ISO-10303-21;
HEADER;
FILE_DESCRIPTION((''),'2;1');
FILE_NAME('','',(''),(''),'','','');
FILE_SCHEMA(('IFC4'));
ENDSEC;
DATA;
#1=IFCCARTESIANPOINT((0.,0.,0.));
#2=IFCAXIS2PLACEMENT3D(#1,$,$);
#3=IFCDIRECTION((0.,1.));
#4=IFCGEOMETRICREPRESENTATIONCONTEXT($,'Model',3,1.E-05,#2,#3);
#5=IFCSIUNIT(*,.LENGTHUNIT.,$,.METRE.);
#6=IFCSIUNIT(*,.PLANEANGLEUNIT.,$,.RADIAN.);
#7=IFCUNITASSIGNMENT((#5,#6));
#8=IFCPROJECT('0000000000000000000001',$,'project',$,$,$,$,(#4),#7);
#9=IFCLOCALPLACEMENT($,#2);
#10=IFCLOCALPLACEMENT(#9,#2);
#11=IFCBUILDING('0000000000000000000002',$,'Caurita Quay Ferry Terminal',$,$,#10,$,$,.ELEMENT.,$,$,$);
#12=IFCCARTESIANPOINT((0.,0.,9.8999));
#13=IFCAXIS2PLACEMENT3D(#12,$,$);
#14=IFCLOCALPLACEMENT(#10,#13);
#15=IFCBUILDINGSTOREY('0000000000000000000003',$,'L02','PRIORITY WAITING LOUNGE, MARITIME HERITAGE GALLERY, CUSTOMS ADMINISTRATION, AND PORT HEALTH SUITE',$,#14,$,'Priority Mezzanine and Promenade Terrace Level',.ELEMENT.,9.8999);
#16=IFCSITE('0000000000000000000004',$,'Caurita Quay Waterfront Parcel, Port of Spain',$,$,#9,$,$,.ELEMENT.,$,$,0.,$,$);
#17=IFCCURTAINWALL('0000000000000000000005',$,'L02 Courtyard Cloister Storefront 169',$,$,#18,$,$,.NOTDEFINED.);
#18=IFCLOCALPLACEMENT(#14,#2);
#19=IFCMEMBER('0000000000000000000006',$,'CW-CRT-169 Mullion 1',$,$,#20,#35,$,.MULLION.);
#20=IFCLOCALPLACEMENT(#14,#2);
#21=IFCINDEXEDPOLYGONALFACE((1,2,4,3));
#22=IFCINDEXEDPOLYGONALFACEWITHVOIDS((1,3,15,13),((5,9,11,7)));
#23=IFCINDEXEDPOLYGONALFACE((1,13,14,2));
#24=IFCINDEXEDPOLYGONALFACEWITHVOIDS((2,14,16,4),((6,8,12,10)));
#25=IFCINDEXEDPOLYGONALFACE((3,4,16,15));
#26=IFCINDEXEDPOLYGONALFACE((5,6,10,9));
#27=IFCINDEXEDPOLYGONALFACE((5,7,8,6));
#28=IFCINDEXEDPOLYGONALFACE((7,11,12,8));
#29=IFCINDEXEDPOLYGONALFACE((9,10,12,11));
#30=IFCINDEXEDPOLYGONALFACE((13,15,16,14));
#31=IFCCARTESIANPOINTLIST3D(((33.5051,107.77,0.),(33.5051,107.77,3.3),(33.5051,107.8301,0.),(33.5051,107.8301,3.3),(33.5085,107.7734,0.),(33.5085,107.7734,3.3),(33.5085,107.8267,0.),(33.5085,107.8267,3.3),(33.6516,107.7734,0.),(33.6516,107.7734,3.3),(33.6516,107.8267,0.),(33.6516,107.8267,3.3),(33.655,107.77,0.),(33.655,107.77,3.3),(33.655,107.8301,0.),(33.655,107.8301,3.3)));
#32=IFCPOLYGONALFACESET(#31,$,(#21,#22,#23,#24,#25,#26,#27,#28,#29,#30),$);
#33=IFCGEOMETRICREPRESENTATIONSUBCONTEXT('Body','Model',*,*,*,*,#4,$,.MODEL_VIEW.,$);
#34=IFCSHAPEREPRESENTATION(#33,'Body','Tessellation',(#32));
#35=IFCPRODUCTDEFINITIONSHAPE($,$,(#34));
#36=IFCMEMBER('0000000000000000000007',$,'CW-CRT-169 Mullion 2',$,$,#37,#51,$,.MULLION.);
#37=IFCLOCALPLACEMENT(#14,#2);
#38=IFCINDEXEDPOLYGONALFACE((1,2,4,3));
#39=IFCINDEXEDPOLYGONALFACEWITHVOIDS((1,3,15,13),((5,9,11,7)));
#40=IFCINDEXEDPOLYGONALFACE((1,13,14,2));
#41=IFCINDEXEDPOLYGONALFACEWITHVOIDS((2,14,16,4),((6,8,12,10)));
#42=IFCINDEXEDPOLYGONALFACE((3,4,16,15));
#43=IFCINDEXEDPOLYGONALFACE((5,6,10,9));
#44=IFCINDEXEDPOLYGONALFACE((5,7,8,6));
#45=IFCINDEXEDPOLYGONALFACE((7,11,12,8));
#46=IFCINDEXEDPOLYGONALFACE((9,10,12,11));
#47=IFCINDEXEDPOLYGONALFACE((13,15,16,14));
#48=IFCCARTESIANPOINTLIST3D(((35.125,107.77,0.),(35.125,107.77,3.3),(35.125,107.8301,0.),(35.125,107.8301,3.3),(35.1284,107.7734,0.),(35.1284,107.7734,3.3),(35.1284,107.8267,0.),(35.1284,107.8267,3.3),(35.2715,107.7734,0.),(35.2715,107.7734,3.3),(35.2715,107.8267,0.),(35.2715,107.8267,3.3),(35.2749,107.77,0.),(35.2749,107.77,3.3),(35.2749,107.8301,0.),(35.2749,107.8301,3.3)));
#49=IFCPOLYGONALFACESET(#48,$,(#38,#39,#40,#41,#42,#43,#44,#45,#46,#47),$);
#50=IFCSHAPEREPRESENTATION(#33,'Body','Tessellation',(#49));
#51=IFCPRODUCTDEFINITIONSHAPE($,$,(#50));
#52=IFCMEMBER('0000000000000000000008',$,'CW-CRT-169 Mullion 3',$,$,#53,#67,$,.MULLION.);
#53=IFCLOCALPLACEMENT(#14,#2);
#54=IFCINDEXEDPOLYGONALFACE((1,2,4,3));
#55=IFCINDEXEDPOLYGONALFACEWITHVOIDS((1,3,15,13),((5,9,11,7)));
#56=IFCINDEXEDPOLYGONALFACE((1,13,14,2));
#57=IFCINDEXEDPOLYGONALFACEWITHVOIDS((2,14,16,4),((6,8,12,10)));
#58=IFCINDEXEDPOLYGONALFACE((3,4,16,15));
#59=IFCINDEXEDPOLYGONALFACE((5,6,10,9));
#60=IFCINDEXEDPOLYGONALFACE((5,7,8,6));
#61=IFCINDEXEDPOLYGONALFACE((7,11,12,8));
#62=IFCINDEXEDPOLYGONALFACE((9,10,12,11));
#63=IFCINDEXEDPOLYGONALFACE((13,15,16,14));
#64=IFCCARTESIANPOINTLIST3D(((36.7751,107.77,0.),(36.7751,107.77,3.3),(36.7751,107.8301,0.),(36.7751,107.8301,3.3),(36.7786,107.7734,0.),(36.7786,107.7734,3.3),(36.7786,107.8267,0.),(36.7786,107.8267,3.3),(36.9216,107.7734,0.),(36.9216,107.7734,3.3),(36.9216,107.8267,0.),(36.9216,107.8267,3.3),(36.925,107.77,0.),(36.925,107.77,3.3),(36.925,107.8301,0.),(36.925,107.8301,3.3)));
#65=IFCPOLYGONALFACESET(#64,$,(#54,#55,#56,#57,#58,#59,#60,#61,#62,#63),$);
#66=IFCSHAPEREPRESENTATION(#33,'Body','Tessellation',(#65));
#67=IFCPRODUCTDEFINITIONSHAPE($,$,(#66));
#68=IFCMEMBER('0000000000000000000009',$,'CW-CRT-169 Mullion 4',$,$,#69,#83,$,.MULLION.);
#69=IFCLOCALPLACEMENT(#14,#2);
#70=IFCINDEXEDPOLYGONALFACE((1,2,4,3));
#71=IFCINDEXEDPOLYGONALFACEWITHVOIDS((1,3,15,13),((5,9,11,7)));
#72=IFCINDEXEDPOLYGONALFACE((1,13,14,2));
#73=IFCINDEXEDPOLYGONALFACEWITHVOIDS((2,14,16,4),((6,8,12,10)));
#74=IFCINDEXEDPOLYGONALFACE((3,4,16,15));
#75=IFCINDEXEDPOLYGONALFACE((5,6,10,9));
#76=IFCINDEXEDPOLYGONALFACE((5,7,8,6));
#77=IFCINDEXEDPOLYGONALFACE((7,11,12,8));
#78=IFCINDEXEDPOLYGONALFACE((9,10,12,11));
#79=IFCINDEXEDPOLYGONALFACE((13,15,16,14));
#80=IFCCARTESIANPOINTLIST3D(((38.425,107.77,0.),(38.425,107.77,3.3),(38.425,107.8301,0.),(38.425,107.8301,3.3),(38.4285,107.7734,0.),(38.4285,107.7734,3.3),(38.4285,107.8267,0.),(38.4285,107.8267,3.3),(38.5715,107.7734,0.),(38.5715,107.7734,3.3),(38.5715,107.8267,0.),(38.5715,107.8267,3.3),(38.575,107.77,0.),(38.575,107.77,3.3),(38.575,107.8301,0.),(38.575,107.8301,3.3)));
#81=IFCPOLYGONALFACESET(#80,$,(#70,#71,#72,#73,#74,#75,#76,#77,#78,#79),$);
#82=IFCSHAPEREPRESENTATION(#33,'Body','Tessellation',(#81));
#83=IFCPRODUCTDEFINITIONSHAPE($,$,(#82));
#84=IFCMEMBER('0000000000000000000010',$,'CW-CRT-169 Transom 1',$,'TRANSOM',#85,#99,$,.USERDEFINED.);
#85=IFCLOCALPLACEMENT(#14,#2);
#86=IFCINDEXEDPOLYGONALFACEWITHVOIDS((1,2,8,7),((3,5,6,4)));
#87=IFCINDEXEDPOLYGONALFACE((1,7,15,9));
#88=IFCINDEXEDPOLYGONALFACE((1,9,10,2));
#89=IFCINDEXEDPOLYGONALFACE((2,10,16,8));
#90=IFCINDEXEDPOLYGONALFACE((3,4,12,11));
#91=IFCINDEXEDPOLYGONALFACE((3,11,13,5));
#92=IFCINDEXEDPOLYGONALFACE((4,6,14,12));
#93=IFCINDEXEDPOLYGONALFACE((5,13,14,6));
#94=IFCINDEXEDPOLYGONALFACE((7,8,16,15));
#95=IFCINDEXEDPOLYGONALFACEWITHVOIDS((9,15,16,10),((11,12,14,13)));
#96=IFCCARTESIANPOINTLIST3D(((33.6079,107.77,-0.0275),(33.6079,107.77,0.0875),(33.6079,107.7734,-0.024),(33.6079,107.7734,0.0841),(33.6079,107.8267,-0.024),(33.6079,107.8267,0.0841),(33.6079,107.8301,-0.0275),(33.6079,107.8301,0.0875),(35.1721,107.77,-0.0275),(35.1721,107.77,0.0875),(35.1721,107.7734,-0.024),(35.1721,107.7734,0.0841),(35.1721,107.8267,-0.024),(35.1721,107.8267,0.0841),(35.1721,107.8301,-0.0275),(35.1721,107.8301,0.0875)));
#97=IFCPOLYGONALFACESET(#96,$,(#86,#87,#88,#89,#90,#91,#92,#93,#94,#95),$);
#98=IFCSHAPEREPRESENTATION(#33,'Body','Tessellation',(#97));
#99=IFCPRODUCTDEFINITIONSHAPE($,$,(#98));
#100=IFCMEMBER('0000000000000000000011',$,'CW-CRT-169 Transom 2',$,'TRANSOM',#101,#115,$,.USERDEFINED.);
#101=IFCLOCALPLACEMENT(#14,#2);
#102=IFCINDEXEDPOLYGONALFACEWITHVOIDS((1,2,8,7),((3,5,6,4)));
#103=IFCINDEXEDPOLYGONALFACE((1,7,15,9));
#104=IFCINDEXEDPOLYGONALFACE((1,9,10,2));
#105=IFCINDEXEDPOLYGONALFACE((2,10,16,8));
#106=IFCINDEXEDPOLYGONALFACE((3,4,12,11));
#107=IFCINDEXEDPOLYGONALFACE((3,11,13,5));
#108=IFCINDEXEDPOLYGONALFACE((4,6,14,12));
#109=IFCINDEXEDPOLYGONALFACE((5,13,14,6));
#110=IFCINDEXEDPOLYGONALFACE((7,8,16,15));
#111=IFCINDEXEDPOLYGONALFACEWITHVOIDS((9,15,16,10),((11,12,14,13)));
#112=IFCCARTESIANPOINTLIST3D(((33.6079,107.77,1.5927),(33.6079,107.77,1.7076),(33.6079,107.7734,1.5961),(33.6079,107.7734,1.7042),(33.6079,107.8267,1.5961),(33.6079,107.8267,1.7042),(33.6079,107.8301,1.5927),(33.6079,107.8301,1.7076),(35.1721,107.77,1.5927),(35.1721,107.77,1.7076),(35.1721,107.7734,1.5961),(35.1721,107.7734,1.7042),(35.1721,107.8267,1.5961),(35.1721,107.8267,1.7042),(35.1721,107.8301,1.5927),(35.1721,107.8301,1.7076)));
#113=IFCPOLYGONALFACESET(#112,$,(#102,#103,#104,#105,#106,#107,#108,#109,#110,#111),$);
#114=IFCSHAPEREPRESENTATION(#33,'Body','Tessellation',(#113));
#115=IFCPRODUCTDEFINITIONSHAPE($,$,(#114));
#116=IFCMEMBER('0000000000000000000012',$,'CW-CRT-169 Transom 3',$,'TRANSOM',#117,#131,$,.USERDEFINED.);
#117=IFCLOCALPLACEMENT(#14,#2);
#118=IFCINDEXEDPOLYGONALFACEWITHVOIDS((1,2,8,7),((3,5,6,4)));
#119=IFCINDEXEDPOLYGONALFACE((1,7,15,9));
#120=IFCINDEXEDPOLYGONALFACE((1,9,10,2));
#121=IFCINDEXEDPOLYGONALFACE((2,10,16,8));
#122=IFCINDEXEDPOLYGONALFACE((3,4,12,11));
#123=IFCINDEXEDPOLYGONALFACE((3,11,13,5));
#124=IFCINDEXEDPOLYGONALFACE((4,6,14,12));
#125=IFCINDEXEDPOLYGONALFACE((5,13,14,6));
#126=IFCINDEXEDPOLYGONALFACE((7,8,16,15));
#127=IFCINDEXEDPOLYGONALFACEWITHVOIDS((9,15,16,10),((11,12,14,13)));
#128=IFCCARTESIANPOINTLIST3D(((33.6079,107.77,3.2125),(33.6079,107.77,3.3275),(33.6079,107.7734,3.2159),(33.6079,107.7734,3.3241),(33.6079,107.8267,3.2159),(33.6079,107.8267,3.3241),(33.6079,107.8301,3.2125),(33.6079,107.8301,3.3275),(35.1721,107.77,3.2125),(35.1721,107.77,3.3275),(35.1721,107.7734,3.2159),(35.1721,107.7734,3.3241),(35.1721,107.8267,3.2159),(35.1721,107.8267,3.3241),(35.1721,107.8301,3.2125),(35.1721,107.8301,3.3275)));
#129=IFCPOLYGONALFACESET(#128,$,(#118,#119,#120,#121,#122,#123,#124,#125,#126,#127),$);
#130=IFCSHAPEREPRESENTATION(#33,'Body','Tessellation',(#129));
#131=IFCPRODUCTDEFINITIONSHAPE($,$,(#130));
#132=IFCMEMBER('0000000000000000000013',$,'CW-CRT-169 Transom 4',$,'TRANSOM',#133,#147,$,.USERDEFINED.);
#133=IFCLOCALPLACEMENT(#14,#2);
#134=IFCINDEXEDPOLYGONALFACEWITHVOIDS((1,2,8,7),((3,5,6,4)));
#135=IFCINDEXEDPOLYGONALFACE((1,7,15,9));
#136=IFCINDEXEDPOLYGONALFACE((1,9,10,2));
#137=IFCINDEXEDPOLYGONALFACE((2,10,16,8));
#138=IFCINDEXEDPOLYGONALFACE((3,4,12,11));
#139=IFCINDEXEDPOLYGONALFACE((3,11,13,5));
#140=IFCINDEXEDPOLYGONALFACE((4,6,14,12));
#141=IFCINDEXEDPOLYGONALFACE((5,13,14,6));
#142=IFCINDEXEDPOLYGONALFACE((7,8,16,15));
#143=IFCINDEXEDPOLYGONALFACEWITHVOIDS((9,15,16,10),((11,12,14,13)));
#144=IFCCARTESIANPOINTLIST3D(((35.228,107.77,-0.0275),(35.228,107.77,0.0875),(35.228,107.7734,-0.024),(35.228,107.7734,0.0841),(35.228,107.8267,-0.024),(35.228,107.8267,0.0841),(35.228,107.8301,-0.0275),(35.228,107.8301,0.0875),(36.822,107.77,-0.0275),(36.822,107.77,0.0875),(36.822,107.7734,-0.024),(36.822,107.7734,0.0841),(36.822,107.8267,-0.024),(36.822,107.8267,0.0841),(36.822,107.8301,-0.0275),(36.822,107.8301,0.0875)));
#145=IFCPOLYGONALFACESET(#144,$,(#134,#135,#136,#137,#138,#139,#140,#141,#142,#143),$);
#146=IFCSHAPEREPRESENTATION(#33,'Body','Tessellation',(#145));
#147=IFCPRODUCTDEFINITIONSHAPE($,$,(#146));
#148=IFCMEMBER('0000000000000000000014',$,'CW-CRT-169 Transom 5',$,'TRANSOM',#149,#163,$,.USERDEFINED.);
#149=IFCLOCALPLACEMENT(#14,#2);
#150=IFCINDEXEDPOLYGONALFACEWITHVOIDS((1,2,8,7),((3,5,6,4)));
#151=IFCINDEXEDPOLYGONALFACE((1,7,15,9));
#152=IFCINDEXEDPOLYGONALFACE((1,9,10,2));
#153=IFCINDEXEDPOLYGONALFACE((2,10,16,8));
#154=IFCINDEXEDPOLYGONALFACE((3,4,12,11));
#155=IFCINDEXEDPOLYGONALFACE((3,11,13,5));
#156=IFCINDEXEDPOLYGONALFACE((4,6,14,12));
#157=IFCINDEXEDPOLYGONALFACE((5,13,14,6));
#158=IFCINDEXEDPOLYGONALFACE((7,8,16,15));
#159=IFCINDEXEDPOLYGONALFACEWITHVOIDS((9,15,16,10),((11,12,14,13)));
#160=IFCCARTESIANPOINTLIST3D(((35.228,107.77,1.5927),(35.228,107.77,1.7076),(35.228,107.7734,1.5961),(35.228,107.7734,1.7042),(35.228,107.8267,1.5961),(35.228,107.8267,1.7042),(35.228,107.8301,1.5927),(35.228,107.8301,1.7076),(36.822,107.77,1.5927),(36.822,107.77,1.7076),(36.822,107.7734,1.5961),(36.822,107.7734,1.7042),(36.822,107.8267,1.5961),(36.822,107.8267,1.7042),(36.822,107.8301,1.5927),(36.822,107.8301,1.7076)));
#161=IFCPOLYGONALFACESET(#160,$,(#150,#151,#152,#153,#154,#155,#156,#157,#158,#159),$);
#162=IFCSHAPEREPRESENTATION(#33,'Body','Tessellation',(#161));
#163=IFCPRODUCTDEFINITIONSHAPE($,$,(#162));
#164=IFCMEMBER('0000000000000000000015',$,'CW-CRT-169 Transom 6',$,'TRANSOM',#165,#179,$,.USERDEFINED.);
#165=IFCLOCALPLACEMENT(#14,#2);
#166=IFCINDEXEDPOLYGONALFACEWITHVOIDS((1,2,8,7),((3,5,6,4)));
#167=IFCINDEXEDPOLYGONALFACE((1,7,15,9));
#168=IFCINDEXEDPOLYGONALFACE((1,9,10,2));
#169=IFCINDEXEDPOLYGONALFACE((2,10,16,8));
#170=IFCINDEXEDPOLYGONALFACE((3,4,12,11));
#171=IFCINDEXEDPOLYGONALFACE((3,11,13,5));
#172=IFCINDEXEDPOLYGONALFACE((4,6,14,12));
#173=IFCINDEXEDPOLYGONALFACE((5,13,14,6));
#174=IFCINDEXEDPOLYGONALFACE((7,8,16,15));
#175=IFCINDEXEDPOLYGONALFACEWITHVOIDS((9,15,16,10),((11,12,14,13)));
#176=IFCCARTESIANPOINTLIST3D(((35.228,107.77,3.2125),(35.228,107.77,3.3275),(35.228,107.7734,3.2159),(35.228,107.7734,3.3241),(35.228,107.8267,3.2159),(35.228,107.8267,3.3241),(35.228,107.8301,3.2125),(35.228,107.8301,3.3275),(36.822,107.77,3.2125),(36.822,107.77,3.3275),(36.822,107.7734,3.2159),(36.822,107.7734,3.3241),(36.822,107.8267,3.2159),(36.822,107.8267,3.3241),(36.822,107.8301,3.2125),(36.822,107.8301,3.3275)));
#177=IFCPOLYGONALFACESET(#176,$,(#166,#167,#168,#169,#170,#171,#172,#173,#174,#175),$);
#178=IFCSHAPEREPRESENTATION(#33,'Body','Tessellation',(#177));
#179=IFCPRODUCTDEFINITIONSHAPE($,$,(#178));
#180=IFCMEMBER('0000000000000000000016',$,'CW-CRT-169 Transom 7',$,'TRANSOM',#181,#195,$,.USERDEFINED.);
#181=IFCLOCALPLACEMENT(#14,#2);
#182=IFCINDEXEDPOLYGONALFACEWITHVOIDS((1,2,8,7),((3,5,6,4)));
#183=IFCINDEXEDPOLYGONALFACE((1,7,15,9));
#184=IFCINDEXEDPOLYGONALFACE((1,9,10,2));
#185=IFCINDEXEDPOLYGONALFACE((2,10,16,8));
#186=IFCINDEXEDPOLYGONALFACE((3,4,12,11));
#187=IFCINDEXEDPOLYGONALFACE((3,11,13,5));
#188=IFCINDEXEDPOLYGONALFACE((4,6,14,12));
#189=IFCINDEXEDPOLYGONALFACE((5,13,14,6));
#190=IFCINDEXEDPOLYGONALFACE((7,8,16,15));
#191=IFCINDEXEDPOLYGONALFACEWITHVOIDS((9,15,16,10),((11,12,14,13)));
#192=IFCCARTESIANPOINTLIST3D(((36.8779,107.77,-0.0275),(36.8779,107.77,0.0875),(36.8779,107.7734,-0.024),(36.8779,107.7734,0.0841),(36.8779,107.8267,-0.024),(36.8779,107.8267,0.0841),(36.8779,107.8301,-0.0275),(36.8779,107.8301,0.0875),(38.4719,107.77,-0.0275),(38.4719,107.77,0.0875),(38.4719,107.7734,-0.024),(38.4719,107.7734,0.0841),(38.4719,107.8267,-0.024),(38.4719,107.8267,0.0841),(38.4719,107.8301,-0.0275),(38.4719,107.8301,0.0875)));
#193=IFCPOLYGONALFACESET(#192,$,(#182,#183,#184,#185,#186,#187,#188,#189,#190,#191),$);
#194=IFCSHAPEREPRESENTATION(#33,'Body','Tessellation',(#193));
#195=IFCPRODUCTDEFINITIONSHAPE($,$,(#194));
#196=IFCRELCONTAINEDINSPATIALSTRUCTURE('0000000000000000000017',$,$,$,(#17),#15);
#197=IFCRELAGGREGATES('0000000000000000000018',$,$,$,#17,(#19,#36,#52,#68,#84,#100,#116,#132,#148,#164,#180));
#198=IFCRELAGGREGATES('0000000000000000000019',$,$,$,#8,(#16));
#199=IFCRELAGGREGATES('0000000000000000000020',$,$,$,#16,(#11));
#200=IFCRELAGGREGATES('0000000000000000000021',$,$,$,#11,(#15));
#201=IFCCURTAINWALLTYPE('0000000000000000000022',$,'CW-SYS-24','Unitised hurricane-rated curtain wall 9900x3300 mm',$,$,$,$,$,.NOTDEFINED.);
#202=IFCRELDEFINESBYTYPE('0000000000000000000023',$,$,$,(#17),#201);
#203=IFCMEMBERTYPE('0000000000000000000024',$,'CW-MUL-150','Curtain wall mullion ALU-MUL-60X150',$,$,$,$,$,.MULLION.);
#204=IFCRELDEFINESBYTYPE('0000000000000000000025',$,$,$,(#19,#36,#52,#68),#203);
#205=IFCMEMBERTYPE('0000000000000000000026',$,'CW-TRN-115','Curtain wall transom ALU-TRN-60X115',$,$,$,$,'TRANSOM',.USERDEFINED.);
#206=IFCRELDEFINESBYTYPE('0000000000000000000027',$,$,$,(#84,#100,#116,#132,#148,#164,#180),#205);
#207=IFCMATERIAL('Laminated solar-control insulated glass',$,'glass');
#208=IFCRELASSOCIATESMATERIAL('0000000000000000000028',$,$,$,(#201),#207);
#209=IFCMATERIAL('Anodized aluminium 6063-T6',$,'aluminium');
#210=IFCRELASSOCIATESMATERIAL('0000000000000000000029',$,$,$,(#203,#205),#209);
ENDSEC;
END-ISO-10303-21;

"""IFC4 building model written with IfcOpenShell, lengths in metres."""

from ifc_helpers import new_model, si_unit, direction, frame, origin, origin_2d, place, context, subcontext, project, spatial, hollow_rectangle, extrude, material, material_profile, profile_set, type_object, element, aggregate, save


model = new_model("IFC4")

# Units and contexts
model_context = context("Model", 3, precision=1e-05, world=origin(), true_north=direction((0.0, 1.0)))
body_context = subcontext(model_context, "Body", "Model", "MODEL_VIEW")
ifc_project = project(units=[si_unit("LENGTHUNIT", "METRE"), si_unit("PLANEANGLEUNIT", "RADIAN")], contexts=[model_context])

# Site, building, storey
site_placement = place(None, origin())
site = spatial("IfcSite", under=ifc_project, at=site_placement, Name="Caurita Quay Waterfront Parcel, Port of Spain", CompositionType="ELEMENT", RefElevation=0.0)
building_placement = place(site_placement, origin())
building = spatial("IfcBuilding", under=site, at=building_placement, Name="Caurita Quay Ferry Terminal", CompositionType="ELEMENT")
storey_placement = place(building_placement, frame((0.0, 0.0, 9.8999)))
storey = spatial("IfcBuildingStorey", under=building, at=storey_placement, Name="L02", Description="PRIORITY WAITING LOUNGE, MARITIME HERITAGE GALLERY, CUSTOMS ADMINISTRATION, AND PORT HEALTH SUITE", LongName="Priority Mezzanine and Promenade Terrace Level", CompositionType="ELEMENT", Elevation=9.8999)

# Curtain wall, members
ifc_material_1 = material(Name="Laminated solar-control insulated glass", Category="glass")
curtain_wall_type = type_object("IfcCurtainWallType", Name="CW-SYS-24", Description="Unitised hurricane-rated curtain wall 9900x3300 mm", PredefinedType="NOTDEFINED", material=ifc_material_1)
curtain_wall_placement = place(storey_placement, origin())
curtain_wall = element("IfcCurtainWall", 1, at=curtain_wall_placement, inside=storey, type_object=curtain_wall_type, Name="L02 Courtyard Cloister Storefront 169", PredefinedType="NOTDEFINED")
ifc_material_2 = material(Name="Anodized aluminium 6063-T6", Category="aluminium")
ifc_material_profile_1 = material_profile(ifc_material_2, hollow_rectangle(XDim=0.0601, YDim=0.1499, WallThickness=0.0034, at=origin_2d()), Name="ALU-MUL-60X150")
ifc_profile_set_1 = profile_set([ifc_material_profile_1], Name="Anodized aluminium 6063-T6")
member_type_1 = type_object("IfcMemberType", Name="CW-MUL-150", Description="Curtain wall mullion ALU-MUL-60X150", PredefinedType="MULLION", material=ifc_profile_set_1)
member_1_placement = place(storey_placement, frame((33.5801, 107.8, 0.0), z_axis=(0.0, 0.0, 1.0), x_axis=(0.0, 1.0, 0.0)))
member_1 = element("IfcMember", 2, at=member_1_placement, type_object=member_type_1, Name="CW-CRT-169 Mullion 1", PredefinedType="MULLION", context=body_context, shape_type="SweptSolid", body=[
    extrude(hollow_rectangle(XDim=0.0601, YDim=0.1499, WallThickness=0.0034, at=origin_2d()), origin(), (0.0, 0.0, 1.0), 3.3),
])
member_2_placement = place(storey_placement, frame((35.2, 107.8, 0.0), z_axis=(0.0, 0.0, 1.0), x_axis=(0.0, 1.0, 0.0)))
member_2 = element("IfcMember", 3, at=member_2_placement, type_object=member_type_1, Name="CW-CRT-169 Mullion 2", PredefinedType="MULLION", context=body_context, shape_type="SweptSolid", body=[
    extrude(hollow_rectangle(XDim=0.0601, YDim=0.1499, WallThickness=0.0034, at=origin_2d()), origin(), (0.0, 0.0, 1.0), 3.3),
])
member_3_placement = place(storey_placement, frame((36.8501, 107.8, 0.0), z_axis=(0.0, 0.0, 1.0), x_axis=(0.0, 1.0, 0.0)))
member_3 = element("IfcMember", 4, at=member_3_placement, type_object=member_type_1, Name="CW-CRT-169 Mullion 3", PredefinedType="MULLION", context=body_context, shape_type="SweptSolid", body=[
    extrude(hollow_rectangle(XDim=0.0601, YDim=0.1499, WallThickness=0.0034, at=origin_2d()), origin(), (0.0, 0.0, 1.0), 3.3),
])
member_4_placement = place(storey_placement, frame((38.5, 107.8, 0.0), z_axis=(0.0, 0.0, 1.0), x_axis=(0.0, 1.0, 0.0)))
member_4 = element("IfcMember", 5, at=member_4_placement, type_object=member_type_1, Name="CW-CRT-169 Mullion 4", PredefinedType="MULLION", context=body_context, shape_type="SweptSolid", body=[
    extrude(hollow_rectangle(XDim=0.0601, YDim=0.1499, WallThickness=0.0034, at=origin_2d()), origin(), (0.0, 0.0, 1.0), 3.3),
])
ifc_material_profile_2 = material_profile(ifc_material_2, hollow_rectangle(XDim=0.0601, YDim=0.115, WallThickness=0.0034, at=origin_2d()), Name="ALU-TRN-60X115")
ifc_profile_set_2 = profile_set([ifc_material_profile_2], Name="Anodized aluminium 6063-T6")
member_type_2 = type_object("IfcMemberType", Name="CW-TRN-115", Description="Curtain wall transom ALU-TRN-60X115", ElementType="TRANSOM", PredefinedType="USERDEFINED", material=ifc_profile_set_2)
member_5_placement = place(storey_placement, frame((33.6079, 107.8, 0.03), z_axis=(1.0, 0.0, 0.0), x_axis=(0.0, 1.0, 0.0)))
member_5 = element("IfcMember", 6, at=member_5_placement, type_object=member_type_2, Name="CW-CRT-169 Transom 1", ObjectType="TRANSOM", PredefinedType="USERDEFINED", context=body_context, shape_type="SweptSolid", body=[
    extrude(hollow_rectangle(XDim=0.0601, YDim=0.115, WallThickness=0.0034, at=origin_2d()), origin(), (0.0, 0.0, 1.0), 1.5642),
])
member_6_placement = place(storey_placement, frame((33.6079, 107.8, 1.6501), z_axis=(1.0, 0.0, 0.0), x_axis=(0.0, 1.0, 0.0)))
member_6 = element("IfcMember", 7, at=member_6_placement, type_object=member_type_2, Name="CW-CRT-169 Transom 2", ObjectType="TRANSOM", PredefinedType="USERDEFINED", context=body_context, shape_type="SweptSolid", body=[
    extrude(hollow_rectangle(XDim=0.0601, YDim=0.115, WallThickness=0.0034, at=origin_2d()), origin(), (0.0, 0.0, 1.0), 1.5642),
])
member_7_placement = place(storey_placement, frame((33.6079, 107.8, 3.27), z_axis=(1.0, 0.0, 0.0), x_axis=(0.0, 1.0, 0.0)))
member_7 = element("IfcMember", 8, at=member_7_placement, type_object=member_type_2, Name="CW-CRT-169 Transom 3", ObjectType="TRANSOM", PredefinedType="USERDEFINED", context=body_context, shape_type="SweptSolid", body=[
    extrude(hollow_rectangle(XDim=0.0601, YDim=0.115, WallThickness=0.0034, at=origin_2d()), origin(), (0.0, 0.0, 1.0), 1.5642),
])
member_8_placement = place(storey_placement, frame((35.228, 107.8, 0.03), z_axis=(1.0, 0.0, 0.0), x_axis=(0.0, 1.0, 0.0)))
member_8 = element("IfcMember", 9, at=member_8_placement, type_object=member_type_2, Name="CW-CRT-169 Transom 4", ObjectType="TRANSOM", PredefinedType="USERDEFINED", context=body_context, shape_type="SweptSolid", body=[
    extrude(hollow_rectangle(XDim=0.0601, YDim=0.115, WallThickness=0.0034, at=origin_2d()), origin(), (0.0, 0.0, 1.0), 1.594),
])
member_9_placement = place(storey_placement, frame((35.228, 107.8, 1.6501), z_axis=(1.0, 0.0, 0.0), x_axis=(0.0, 1.0, 0.0)))
member_9 = element("IfcMember", 10, at=member_9_placement, type_object=member_type_2, Name="CW-CRT-169 Transom 5", ObjectType="TRANSOM", PredefinedType="USERDEFINED", context=body_context, shape_type="SweptSolid", body=[
    extrude(hollow_rectangle(XDim=0.0601, YDim=0.115, WallThickness=0.0034, at=origin_2d()), origin(), (0.0, 0.0, 1.0), 1.594),
])
member_10_placement = place(storey_placement, frame((35.228, 107.8, 3.27), z_axis=(1.0, 0.0, 0.0), x_axis=(0.0, 1.0, 0.0)))
member_10 = element("IfcMember", 11, at=member_10_placement, type_object=member_type_2, Name="CW-CRT-169 Transom 6", ObjectType="TRANSOM", PredefinedType="USERDEFINED", context=body_context, shape_type="SweptSolid", body=[
    extrude(hollow_rectangle(XDim=0.0601, YDim=0.115, WallThickness=0.0034, at=origin_2d()), origin(), (0.0, 0.0, 1.0), 1.594),
])
member_11_placement = place(storey_placement, frame((36.8779, 107.8, 0.03), z_axis=(1.0, 0.0, 0.0), x_axis=(0.0, 1.0, 0.0)))
member_11 = element("IfcMember", 12, at=member_11_placement, type_object=member_type_2, Name="CW-CRT-169 Transom 7", ObjectType="TRANSOM", PredefinedType="USERDEFINED", context=body_context, shape_type="SweptSolid", body=[
    extrude(hollow_rectangle(XDim=0.0601, YDim=0.115, WallThickness=0.0034, at=origin_2d()), origin(), (0.0, 0.0, 1.0), 1.594),
])
aggregate(curtain_wall, [member_1, member_2, member_3, member_4, member_5, member_6, member_7, member_8, member_9, member_10, member_11])

save(model, "model.ifc")
